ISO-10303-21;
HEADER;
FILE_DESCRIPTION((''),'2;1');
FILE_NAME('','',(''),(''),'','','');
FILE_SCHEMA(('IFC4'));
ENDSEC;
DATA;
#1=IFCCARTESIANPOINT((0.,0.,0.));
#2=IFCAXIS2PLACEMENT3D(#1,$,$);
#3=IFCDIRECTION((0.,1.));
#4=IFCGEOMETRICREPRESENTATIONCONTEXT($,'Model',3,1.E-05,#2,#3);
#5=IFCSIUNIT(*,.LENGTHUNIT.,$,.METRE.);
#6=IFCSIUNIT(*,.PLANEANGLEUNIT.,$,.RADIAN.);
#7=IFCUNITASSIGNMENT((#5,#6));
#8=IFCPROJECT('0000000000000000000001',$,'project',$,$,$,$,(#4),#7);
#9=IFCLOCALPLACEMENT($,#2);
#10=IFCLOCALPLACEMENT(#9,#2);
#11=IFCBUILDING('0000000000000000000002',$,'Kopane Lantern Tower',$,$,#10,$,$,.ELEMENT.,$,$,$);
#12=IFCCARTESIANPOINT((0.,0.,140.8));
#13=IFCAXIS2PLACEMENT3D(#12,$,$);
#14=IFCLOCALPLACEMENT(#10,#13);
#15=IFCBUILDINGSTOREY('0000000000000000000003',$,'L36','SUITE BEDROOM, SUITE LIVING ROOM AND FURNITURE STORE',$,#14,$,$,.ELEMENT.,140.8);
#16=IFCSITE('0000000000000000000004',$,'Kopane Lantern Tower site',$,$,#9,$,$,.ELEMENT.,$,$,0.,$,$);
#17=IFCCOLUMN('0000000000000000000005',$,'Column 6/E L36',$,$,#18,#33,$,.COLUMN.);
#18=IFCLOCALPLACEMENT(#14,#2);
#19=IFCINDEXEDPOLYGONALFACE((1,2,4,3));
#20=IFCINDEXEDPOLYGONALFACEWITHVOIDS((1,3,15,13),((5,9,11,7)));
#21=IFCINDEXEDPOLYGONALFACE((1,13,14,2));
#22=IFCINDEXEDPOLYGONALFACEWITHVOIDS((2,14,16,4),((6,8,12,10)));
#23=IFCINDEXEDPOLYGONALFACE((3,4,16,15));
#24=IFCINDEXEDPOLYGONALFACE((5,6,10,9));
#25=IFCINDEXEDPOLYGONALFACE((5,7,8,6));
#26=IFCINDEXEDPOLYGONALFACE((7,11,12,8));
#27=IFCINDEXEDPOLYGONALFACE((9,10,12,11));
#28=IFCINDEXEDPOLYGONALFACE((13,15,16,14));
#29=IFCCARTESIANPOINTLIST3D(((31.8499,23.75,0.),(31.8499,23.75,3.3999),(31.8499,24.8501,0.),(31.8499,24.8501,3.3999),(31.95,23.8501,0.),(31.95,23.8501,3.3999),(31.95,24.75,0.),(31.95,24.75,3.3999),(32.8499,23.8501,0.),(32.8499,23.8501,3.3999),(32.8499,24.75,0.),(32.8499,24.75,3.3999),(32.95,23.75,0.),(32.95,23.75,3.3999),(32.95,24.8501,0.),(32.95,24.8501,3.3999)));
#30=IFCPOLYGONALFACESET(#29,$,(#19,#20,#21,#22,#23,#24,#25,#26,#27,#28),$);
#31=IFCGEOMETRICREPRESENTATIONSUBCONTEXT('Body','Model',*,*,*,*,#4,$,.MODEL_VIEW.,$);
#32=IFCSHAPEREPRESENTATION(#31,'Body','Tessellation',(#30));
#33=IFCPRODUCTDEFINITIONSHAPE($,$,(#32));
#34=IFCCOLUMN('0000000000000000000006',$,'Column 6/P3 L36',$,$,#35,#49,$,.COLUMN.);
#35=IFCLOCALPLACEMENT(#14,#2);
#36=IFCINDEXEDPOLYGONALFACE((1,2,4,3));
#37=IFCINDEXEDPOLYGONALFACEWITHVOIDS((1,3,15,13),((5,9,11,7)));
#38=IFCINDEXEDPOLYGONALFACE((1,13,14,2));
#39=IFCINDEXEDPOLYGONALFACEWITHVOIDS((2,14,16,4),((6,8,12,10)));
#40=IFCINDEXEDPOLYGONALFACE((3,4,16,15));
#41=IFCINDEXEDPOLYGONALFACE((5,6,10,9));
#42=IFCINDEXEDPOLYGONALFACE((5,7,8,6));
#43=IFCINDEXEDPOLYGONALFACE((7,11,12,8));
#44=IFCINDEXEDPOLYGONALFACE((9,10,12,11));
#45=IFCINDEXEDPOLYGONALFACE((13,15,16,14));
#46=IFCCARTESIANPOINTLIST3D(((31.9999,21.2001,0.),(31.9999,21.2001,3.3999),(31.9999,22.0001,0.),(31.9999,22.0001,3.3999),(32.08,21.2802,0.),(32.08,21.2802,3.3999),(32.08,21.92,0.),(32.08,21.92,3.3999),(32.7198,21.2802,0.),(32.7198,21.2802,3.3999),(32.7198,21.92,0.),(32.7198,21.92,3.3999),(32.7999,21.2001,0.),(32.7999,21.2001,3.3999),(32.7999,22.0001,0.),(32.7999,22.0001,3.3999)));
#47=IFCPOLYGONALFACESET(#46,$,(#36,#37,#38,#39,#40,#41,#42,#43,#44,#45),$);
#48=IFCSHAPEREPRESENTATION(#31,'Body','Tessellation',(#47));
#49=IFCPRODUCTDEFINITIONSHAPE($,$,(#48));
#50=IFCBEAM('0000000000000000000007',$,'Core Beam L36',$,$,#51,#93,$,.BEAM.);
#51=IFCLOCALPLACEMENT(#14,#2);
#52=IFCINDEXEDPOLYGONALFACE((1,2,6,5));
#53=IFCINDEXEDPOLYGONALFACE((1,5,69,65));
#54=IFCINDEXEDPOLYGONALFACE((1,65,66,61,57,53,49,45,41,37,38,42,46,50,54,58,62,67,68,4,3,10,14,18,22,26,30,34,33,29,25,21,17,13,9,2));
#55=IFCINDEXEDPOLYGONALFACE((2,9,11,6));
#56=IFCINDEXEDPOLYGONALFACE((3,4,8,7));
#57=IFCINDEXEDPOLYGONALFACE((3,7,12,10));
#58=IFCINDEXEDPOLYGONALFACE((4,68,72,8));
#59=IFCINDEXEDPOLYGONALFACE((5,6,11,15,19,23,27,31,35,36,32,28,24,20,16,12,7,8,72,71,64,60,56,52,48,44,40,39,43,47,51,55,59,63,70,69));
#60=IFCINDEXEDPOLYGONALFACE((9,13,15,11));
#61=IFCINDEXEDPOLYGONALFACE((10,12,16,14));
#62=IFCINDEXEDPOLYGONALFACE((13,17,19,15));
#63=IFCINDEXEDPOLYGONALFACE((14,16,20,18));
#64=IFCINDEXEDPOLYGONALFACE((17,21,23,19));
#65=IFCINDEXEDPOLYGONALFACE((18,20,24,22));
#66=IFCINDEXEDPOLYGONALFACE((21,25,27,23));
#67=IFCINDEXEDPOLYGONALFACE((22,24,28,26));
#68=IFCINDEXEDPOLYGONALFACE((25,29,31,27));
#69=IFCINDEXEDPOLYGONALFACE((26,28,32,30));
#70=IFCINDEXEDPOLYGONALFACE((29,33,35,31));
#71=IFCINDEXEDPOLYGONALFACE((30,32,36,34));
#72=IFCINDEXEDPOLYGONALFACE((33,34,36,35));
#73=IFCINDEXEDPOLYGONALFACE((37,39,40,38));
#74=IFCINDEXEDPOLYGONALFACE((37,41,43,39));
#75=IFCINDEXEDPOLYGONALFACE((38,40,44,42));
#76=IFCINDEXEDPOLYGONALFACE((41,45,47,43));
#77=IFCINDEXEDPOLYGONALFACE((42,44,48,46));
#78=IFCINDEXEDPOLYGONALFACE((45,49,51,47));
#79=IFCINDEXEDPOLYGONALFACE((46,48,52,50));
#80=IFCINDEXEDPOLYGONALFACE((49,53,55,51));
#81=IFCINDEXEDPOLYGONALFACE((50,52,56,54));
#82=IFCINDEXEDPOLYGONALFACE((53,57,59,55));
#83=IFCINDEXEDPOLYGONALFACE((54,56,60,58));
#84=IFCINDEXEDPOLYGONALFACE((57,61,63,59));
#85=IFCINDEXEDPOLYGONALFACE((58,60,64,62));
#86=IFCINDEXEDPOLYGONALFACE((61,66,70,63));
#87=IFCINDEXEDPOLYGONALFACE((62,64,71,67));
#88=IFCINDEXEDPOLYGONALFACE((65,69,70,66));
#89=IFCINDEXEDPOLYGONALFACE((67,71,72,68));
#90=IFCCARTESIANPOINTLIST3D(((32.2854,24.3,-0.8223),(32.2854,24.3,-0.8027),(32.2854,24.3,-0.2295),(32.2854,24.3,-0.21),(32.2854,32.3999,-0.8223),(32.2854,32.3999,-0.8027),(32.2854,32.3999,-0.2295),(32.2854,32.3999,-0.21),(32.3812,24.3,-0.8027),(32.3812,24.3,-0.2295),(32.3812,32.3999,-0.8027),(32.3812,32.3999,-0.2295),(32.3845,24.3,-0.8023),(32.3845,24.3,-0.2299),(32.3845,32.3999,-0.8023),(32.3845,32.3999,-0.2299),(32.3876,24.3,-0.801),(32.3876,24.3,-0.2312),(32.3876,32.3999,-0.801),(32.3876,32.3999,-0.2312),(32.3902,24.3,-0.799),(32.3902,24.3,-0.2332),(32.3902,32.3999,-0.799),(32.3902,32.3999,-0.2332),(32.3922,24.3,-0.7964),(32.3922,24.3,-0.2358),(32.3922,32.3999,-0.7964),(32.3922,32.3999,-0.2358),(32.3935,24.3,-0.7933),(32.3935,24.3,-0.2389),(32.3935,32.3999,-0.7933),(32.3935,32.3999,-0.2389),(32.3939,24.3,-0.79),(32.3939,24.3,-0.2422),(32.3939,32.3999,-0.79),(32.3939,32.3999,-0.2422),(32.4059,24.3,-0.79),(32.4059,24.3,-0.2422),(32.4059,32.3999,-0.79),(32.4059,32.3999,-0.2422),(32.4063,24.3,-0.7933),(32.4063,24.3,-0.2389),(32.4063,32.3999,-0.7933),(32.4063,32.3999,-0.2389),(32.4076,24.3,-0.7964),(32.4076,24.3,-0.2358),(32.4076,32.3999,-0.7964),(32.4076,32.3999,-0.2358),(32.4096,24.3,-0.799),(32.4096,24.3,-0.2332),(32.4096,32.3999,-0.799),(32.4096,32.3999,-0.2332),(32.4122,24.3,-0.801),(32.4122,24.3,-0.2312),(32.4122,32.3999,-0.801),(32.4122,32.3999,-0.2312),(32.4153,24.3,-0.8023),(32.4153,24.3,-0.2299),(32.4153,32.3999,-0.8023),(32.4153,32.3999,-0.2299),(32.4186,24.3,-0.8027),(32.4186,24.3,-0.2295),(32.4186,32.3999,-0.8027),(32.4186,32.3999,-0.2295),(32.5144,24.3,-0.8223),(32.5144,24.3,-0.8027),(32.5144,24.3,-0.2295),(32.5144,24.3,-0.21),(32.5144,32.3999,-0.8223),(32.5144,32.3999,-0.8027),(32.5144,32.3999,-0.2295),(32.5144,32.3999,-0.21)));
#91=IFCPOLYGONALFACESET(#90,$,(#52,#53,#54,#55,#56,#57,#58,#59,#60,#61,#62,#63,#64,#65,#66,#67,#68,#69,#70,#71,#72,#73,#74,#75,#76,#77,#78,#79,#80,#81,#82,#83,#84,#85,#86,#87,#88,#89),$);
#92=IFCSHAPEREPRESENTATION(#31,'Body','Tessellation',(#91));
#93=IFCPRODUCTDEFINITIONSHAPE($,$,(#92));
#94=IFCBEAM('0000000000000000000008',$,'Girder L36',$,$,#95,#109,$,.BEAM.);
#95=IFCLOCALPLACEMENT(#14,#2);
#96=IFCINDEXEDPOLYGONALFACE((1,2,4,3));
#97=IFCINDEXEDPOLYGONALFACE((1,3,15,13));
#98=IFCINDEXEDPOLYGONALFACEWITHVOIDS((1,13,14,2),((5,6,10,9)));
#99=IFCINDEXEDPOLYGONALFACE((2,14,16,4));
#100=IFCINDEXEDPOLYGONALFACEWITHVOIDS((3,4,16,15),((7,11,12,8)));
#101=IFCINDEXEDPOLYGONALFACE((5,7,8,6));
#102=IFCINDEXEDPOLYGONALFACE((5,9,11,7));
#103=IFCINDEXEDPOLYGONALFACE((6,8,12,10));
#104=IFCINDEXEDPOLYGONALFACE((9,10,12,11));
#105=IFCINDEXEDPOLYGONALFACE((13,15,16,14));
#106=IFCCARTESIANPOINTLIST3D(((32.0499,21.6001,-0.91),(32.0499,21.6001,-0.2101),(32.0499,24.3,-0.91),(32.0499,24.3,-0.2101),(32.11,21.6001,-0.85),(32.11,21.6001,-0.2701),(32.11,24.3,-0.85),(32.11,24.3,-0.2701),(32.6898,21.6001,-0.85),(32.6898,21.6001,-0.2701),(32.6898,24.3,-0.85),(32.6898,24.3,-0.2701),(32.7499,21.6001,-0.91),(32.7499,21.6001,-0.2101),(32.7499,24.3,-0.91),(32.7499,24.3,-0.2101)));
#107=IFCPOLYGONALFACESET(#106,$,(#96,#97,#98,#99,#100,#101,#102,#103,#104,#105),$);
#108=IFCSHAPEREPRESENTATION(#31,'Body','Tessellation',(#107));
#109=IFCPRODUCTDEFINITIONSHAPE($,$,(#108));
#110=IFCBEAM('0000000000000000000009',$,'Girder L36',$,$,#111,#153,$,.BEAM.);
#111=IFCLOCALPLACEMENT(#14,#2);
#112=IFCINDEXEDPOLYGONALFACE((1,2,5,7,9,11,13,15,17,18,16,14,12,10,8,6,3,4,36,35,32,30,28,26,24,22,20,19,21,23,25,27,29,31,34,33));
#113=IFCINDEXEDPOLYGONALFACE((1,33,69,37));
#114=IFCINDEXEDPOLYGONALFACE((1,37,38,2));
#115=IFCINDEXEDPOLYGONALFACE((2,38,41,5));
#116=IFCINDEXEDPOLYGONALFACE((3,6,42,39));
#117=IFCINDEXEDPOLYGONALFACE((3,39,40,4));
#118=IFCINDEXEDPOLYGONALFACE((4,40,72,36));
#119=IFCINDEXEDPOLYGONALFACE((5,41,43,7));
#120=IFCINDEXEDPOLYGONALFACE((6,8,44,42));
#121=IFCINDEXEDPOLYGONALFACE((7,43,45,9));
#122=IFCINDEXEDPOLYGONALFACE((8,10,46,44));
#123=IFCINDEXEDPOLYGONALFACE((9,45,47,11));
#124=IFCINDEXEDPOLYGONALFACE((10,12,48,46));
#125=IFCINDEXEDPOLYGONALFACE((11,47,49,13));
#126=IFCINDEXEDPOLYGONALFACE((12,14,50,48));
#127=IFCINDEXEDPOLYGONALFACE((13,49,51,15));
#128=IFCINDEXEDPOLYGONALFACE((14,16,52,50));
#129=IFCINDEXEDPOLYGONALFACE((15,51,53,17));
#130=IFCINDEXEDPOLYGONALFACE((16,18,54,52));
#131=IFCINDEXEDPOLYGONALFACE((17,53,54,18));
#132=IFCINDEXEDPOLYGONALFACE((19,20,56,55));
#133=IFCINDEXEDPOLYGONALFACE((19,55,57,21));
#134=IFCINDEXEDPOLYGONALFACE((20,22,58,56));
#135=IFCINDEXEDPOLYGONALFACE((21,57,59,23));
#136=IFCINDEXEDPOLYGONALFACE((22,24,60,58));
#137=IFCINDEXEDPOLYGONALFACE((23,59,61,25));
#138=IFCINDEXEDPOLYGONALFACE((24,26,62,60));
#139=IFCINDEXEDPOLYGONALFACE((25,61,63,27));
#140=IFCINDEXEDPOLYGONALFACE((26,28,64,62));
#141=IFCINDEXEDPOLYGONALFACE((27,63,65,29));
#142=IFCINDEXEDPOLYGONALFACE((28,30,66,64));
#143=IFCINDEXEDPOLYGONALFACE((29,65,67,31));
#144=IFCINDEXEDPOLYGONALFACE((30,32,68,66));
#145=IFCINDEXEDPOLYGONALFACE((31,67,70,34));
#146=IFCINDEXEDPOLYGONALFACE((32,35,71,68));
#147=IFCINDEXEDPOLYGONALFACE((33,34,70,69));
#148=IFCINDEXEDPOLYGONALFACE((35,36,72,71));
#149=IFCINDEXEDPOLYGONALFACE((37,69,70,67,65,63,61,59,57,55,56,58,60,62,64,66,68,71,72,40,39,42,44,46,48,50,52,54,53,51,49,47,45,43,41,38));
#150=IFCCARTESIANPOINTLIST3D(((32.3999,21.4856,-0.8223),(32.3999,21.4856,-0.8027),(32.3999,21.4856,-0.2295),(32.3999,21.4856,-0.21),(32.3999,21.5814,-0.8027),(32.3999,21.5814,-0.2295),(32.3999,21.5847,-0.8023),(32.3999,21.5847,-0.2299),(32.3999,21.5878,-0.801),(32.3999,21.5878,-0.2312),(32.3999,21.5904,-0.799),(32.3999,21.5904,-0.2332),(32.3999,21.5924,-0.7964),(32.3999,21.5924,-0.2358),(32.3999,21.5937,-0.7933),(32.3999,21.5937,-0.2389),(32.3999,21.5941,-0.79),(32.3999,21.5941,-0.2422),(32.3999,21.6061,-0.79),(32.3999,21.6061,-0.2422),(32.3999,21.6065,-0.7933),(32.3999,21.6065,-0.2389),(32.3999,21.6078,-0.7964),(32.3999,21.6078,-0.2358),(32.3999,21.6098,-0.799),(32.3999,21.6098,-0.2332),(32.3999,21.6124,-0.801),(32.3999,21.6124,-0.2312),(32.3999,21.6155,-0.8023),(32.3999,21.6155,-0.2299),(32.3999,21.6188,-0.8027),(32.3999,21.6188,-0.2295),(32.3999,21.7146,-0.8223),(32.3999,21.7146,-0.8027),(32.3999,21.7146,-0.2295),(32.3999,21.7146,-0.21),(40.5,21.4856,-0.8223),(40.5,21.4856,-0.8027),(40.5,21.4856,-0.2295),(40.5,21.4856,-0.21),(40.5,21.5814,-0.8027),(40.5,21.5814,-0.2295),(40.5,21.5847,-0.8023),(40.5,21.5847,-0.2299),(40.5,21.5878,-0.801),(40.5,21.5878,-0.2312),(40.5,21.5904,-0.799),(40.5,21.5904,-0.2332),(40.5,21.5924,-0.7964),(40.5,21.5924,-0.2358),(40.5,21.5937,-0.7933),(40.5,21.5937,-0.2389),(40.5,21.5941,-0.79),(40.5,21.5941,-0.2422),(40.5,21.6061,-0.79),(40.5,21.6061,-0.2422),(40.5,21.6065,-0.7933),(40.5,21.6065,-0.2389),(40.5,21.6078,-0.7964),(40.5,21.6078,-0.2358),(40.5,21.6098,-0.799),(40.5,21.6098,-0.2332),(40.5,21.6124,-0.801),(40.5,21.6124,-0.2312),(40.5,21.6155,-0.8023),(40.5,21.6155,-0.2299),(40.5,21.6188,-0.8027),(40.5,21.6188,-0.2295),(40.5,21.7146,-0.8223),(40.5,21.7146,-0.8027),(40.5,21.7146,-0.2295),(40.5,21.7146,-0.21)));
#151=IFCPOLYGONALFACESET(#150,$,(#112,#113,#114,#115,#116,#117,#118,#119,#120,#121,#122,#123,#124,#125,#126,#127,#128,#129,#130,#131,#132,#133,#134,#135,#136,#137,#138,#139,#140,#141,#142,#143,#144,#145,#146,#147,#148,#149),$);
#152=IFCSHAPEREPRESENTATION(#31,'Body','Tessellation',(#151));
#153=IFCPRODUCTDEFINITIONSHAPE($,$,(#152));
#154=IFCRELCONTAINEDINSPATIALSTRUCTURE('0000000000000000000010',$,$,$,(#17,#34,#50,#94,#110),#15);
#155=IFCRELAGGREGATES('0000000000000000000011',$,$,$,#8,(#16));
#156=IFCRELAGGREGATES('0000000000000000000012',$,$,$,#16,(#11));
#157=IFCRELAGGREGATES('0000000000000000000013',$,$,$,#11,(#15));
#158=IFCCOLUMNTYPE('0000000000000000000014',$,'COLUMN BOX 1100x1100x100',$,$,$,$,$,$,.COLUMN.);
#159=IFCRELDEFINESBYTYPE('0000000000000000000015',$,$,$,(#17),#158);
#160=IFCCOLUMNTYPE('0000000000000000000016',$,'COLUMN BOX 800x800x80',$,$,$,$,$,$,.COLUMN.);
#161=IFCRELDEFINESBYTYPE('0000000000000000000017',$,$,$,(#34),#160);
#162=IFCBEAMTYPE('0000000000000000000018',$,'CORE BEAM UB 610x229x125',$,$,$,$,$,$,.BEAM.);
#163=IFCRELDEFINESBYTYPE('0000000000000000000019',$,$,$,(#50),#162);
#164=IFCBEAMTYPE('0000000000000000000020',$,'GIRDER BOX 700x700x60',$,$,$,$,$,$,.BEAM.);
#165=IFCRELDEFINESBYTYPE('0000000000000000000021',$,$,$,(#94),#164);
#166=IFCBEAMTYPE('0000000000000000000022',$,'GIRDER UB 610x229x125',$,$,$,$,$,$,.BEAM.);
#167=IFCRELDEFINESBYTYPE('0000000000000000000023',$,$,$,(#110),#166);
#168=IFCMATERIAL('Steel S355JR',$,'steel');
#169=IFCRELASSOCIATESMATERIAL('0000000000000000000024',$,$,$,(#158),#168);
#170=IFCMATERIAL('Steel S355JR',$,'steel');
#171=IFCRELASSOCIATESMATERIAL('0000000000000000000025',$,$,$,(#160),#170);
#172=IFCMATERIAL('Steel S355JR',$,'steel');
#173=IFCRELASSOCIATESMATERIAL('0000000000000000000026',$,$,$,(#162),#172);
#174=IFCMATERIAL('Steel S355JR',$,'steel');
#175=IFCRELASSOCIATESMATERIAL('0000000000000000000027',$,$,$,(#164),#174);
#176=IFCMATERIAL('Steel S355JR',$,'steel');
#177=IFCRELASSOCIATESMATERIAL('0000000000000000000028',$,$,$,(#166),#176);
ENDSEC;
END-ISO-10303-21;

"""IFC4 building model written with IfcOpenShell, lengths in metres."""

from ifc_helpers import new_model, si_unit, direction, frame, origin, origin_2d, place, context, subcontext, project, spatial, hollow_rectangle, i_section, extrude, material, material_profile, profile_set, type_object, element, save


model = new_model("IFC4")

# Units and contexts
model_context = context("Model", 3, precision=1e-05, world=origin(), true_north=direction((0.0, 1.0)))
body_context = subcontext(model_context, "Body", "Model", "MODEL_VIEW")
ifc_project = project(units=[si_unit("LENGTHUNIT", "METRE"), si_unit("PLANEANGLEUNIT", "RADIAN")], contexts=[model_context])

# Site, building, storey
site_placement = place(None, origin())
site = spatial("IfcSite", under=ifc_project, at=site_placement, Name="Kopane Lantern Tower site", CompositionType="ELEMENT", RefElevation=0.0)
building_placement = place(site_placement, origin())
building = spatial("IfcBuilding", under=site, at=building_placement, Name="Kopane Lantern Tower", CompositionType="ELEMENT")
storey_placement = place(building_placement, frame((0.0, 0.0, 140.8)))
storey = spatial("IfcBuildingStorey", under=building, at=storey_placement, Name="L36", Description="SUITE BEDROOM, SUITE LIVING ROOM AND FURNITURE STORE", CompositionType="ELEMENT", Elevation=140.8)

# Columns
ifc_material_1 = material(Name="Steel S355JR", Category="steel")
ifc_material_profile_1 = material_profile(ifc_material_1, hollow_rectangle(XDim=1.1001, YDim=1.1001, WallThickness=0.1001, at=origin_2d()), Name="BOX 1100x1100x100")
ifc_profile_set_1 = profile_set([ifc_material_profile_1], Name="Steel S355JR")
column_type_1 = type_object("IfcColumnType", Name="COLUMN BOX 1100x1100x100", PredefinedType="COLUMN", material=ifc_profile_set_1)
column_1_placement = place(storey_placement, frame((32.3999, 24.3, 0.0), z_axis=(0.0, 0.0, 1.0), x_axis=(1.0, 0.0, 0.0)))
element("IfcColumn", 1, at=column_1_placement, inside=storey, type_object=column_type_1, Name="Column 6/E L36", PredefinedType="COLUMN", context=body_context, shape_type="SweptSolid", body=[
    extrude(hollow_rectangle(XDim=1.1001, YDim=1.1001, WallThickness=0.1001, at=origin_2d()), origin(), (0.0, 0.0, 1.0), 3.3999),
])
ifc_material_2 = material(Name="Steel S355JR", Category="steel")
ifc_material_profile_2 = material_profile(ifc_material_2, hollow_rectangle(XDim=0.8, YDim=0.8, WallThickness=0.0801, at=origin_2d()), Name="BOX 800x800x80")
ifc_profile_set_2 = profile_set([ifc_material_profile_2], Name="Steel S355JR")
column_type_2 = type_object("IfcColumnType", Name="COLUMN BOX 800x800x80", PredefinedType="COLUMN", material=ifc_profile_set_2)
column_2_placement = place(storey_placement, frame((32.3999, 21.6001, 0.0), z_axis=(0.0, 0.0, 1.0), x_axis=(1.0, 0.0, 0.0)))
element("IfcColumn", 2, at=column_2_placement, inside=storey, type_object=column_type_2, Name="Column 6/P3 L36", PredefinedType="COLUMN", context=body_context, shape_type="SweptSolid", body=[
    extrude(hollow_rectangle(XDim=0.8, YDim=0.8, WallThickness=0.0801, at=origin_2d()), origin(), (0.0, 0.0, 1.0), 3.3999),
])

# Beams
ifc_material_3 = material(Name="Steel S355JR", Category="steel")
ifc_material_profile_3 = material_profile(ifc_material_3, i_section(OverallWidth=0.229, OverallDepth=0.6123, WebThickness=0.012, FlangeThickness=0.0195, FilletRadius=0.0127, at=origin_2d()), Name="UB 610x229x125")
ifc_profile_set_3 = profile_set([ifc_material_profile_3], Name="Steel S355JR")
beam_type_1 = type_object("IfcBeamType", Name="CORE BEAM UB 610x229x125", PredefinedType="BEAM", material=ifc_profile_set_3)
beam_1_placement = place(storey_placement, frame((32.3999, 24.3, -0.5161), z_axis=(0.0, 1.0, 0.0), x_axis=(-1.0, 0.0, 0.0)))
element("IfcBeam", 3, at=beam_1_placement, inside=storey, type_object=beam_type_1, Name="Core Beam L36", PredefinedType="BEAM", context=body_context, shape_type="SweptSolid", body=[
    extrude(i_section(OverallWidth=0.229, OverallDepth=0.6123, WebThickness=0.012, FlangeThickness=0.0195, FilletRadius=0.0127, at=origin_2d()), origin(), (0.0, 0.0, 1.0), 8.0999),
])
ifc_material_4 = material(Name="Steel S355JR", Category="steel")
ifc_material_profile_4 = material_profile(ifc_material_4, hollow_rectangle(XDim=0.7, YDim=0.7, WallThickness=0.0601, at=origin_2d()), Name="BOX 700x700x60")
ifc_profile_set_4 = profile_set([ifc_material_profile_4], Name="Steel S355JR")
beam_type_2 = type_object("IfcBeamType", Name="GIRDER BOX 700x700x60", PredefinedType="BEAM", material=ifc_profile_set_4)
beam_2_placement = place(storey_placement, frame((32.3999, 21.6001, -0.5601), z_axis=(0.0, 1.0, 0.0), x_axis=(-1.0, 0.0, 0.0)))
element("IfcBeam", 4, at=beam_2_placement, inside=storey, type_object=beam_type_2, Name="Girder L36", PredefinedType="BEAM", context=body_context, shape_type="SweptSolid", body=[
    extrude(hollow_rectangle(XDim=0.7, YDim=0.7, WallThickness=0.0601, at=origin_2d()), origin(), (0.0, 0.0, 1.0), 2.7),
])
ifc_material_5 = material(Name="Steel S355JR", Category="steel")
ifc_material_profile_5 = material_profile(ifc_material_5, i_section(OverallWidth=0.229, OverallDepth=0.6123, WebThickness=0.012, FlangeThickness=0.0195, FilletRadius=0.0127, at=origin_2d()), Name="UB 610x229x125")
ifc_profile_set_5 = profile_set([ifc_material_profile_5], Name="Steel S355JR")
beam_type_3 = type_object("IfcBeamType", Name="GIRDER UB 610x229x125", PredefinedType="BEAM", material=ifc_profile_set_5)
beam_3_placement = place(storey_placement, frame((32.3999, 21.6001, -0.5161), z_axis=(1.0, 0.0, 0.0), x_axis=(0.0, 1.0, 0.0)))
element("IfcBeam", 5, at=beam_3_placement, inside=storey, type_object=beam_type_3, Name="Girder L36", PredefinedType="BEAM", context=body_context, shape_type="SweptSolid", body=[
    extrude(i_section(OverallWidth=0.229, OverallDepth=0.6123, WebThickness=0.012, FlangeThickness=0.0195, FilletRadius=0.0127, at=origin_2d()), origin(), (0.0, 0.0, 1.0), 8.1001),
])

save(model, "model.ifc")
